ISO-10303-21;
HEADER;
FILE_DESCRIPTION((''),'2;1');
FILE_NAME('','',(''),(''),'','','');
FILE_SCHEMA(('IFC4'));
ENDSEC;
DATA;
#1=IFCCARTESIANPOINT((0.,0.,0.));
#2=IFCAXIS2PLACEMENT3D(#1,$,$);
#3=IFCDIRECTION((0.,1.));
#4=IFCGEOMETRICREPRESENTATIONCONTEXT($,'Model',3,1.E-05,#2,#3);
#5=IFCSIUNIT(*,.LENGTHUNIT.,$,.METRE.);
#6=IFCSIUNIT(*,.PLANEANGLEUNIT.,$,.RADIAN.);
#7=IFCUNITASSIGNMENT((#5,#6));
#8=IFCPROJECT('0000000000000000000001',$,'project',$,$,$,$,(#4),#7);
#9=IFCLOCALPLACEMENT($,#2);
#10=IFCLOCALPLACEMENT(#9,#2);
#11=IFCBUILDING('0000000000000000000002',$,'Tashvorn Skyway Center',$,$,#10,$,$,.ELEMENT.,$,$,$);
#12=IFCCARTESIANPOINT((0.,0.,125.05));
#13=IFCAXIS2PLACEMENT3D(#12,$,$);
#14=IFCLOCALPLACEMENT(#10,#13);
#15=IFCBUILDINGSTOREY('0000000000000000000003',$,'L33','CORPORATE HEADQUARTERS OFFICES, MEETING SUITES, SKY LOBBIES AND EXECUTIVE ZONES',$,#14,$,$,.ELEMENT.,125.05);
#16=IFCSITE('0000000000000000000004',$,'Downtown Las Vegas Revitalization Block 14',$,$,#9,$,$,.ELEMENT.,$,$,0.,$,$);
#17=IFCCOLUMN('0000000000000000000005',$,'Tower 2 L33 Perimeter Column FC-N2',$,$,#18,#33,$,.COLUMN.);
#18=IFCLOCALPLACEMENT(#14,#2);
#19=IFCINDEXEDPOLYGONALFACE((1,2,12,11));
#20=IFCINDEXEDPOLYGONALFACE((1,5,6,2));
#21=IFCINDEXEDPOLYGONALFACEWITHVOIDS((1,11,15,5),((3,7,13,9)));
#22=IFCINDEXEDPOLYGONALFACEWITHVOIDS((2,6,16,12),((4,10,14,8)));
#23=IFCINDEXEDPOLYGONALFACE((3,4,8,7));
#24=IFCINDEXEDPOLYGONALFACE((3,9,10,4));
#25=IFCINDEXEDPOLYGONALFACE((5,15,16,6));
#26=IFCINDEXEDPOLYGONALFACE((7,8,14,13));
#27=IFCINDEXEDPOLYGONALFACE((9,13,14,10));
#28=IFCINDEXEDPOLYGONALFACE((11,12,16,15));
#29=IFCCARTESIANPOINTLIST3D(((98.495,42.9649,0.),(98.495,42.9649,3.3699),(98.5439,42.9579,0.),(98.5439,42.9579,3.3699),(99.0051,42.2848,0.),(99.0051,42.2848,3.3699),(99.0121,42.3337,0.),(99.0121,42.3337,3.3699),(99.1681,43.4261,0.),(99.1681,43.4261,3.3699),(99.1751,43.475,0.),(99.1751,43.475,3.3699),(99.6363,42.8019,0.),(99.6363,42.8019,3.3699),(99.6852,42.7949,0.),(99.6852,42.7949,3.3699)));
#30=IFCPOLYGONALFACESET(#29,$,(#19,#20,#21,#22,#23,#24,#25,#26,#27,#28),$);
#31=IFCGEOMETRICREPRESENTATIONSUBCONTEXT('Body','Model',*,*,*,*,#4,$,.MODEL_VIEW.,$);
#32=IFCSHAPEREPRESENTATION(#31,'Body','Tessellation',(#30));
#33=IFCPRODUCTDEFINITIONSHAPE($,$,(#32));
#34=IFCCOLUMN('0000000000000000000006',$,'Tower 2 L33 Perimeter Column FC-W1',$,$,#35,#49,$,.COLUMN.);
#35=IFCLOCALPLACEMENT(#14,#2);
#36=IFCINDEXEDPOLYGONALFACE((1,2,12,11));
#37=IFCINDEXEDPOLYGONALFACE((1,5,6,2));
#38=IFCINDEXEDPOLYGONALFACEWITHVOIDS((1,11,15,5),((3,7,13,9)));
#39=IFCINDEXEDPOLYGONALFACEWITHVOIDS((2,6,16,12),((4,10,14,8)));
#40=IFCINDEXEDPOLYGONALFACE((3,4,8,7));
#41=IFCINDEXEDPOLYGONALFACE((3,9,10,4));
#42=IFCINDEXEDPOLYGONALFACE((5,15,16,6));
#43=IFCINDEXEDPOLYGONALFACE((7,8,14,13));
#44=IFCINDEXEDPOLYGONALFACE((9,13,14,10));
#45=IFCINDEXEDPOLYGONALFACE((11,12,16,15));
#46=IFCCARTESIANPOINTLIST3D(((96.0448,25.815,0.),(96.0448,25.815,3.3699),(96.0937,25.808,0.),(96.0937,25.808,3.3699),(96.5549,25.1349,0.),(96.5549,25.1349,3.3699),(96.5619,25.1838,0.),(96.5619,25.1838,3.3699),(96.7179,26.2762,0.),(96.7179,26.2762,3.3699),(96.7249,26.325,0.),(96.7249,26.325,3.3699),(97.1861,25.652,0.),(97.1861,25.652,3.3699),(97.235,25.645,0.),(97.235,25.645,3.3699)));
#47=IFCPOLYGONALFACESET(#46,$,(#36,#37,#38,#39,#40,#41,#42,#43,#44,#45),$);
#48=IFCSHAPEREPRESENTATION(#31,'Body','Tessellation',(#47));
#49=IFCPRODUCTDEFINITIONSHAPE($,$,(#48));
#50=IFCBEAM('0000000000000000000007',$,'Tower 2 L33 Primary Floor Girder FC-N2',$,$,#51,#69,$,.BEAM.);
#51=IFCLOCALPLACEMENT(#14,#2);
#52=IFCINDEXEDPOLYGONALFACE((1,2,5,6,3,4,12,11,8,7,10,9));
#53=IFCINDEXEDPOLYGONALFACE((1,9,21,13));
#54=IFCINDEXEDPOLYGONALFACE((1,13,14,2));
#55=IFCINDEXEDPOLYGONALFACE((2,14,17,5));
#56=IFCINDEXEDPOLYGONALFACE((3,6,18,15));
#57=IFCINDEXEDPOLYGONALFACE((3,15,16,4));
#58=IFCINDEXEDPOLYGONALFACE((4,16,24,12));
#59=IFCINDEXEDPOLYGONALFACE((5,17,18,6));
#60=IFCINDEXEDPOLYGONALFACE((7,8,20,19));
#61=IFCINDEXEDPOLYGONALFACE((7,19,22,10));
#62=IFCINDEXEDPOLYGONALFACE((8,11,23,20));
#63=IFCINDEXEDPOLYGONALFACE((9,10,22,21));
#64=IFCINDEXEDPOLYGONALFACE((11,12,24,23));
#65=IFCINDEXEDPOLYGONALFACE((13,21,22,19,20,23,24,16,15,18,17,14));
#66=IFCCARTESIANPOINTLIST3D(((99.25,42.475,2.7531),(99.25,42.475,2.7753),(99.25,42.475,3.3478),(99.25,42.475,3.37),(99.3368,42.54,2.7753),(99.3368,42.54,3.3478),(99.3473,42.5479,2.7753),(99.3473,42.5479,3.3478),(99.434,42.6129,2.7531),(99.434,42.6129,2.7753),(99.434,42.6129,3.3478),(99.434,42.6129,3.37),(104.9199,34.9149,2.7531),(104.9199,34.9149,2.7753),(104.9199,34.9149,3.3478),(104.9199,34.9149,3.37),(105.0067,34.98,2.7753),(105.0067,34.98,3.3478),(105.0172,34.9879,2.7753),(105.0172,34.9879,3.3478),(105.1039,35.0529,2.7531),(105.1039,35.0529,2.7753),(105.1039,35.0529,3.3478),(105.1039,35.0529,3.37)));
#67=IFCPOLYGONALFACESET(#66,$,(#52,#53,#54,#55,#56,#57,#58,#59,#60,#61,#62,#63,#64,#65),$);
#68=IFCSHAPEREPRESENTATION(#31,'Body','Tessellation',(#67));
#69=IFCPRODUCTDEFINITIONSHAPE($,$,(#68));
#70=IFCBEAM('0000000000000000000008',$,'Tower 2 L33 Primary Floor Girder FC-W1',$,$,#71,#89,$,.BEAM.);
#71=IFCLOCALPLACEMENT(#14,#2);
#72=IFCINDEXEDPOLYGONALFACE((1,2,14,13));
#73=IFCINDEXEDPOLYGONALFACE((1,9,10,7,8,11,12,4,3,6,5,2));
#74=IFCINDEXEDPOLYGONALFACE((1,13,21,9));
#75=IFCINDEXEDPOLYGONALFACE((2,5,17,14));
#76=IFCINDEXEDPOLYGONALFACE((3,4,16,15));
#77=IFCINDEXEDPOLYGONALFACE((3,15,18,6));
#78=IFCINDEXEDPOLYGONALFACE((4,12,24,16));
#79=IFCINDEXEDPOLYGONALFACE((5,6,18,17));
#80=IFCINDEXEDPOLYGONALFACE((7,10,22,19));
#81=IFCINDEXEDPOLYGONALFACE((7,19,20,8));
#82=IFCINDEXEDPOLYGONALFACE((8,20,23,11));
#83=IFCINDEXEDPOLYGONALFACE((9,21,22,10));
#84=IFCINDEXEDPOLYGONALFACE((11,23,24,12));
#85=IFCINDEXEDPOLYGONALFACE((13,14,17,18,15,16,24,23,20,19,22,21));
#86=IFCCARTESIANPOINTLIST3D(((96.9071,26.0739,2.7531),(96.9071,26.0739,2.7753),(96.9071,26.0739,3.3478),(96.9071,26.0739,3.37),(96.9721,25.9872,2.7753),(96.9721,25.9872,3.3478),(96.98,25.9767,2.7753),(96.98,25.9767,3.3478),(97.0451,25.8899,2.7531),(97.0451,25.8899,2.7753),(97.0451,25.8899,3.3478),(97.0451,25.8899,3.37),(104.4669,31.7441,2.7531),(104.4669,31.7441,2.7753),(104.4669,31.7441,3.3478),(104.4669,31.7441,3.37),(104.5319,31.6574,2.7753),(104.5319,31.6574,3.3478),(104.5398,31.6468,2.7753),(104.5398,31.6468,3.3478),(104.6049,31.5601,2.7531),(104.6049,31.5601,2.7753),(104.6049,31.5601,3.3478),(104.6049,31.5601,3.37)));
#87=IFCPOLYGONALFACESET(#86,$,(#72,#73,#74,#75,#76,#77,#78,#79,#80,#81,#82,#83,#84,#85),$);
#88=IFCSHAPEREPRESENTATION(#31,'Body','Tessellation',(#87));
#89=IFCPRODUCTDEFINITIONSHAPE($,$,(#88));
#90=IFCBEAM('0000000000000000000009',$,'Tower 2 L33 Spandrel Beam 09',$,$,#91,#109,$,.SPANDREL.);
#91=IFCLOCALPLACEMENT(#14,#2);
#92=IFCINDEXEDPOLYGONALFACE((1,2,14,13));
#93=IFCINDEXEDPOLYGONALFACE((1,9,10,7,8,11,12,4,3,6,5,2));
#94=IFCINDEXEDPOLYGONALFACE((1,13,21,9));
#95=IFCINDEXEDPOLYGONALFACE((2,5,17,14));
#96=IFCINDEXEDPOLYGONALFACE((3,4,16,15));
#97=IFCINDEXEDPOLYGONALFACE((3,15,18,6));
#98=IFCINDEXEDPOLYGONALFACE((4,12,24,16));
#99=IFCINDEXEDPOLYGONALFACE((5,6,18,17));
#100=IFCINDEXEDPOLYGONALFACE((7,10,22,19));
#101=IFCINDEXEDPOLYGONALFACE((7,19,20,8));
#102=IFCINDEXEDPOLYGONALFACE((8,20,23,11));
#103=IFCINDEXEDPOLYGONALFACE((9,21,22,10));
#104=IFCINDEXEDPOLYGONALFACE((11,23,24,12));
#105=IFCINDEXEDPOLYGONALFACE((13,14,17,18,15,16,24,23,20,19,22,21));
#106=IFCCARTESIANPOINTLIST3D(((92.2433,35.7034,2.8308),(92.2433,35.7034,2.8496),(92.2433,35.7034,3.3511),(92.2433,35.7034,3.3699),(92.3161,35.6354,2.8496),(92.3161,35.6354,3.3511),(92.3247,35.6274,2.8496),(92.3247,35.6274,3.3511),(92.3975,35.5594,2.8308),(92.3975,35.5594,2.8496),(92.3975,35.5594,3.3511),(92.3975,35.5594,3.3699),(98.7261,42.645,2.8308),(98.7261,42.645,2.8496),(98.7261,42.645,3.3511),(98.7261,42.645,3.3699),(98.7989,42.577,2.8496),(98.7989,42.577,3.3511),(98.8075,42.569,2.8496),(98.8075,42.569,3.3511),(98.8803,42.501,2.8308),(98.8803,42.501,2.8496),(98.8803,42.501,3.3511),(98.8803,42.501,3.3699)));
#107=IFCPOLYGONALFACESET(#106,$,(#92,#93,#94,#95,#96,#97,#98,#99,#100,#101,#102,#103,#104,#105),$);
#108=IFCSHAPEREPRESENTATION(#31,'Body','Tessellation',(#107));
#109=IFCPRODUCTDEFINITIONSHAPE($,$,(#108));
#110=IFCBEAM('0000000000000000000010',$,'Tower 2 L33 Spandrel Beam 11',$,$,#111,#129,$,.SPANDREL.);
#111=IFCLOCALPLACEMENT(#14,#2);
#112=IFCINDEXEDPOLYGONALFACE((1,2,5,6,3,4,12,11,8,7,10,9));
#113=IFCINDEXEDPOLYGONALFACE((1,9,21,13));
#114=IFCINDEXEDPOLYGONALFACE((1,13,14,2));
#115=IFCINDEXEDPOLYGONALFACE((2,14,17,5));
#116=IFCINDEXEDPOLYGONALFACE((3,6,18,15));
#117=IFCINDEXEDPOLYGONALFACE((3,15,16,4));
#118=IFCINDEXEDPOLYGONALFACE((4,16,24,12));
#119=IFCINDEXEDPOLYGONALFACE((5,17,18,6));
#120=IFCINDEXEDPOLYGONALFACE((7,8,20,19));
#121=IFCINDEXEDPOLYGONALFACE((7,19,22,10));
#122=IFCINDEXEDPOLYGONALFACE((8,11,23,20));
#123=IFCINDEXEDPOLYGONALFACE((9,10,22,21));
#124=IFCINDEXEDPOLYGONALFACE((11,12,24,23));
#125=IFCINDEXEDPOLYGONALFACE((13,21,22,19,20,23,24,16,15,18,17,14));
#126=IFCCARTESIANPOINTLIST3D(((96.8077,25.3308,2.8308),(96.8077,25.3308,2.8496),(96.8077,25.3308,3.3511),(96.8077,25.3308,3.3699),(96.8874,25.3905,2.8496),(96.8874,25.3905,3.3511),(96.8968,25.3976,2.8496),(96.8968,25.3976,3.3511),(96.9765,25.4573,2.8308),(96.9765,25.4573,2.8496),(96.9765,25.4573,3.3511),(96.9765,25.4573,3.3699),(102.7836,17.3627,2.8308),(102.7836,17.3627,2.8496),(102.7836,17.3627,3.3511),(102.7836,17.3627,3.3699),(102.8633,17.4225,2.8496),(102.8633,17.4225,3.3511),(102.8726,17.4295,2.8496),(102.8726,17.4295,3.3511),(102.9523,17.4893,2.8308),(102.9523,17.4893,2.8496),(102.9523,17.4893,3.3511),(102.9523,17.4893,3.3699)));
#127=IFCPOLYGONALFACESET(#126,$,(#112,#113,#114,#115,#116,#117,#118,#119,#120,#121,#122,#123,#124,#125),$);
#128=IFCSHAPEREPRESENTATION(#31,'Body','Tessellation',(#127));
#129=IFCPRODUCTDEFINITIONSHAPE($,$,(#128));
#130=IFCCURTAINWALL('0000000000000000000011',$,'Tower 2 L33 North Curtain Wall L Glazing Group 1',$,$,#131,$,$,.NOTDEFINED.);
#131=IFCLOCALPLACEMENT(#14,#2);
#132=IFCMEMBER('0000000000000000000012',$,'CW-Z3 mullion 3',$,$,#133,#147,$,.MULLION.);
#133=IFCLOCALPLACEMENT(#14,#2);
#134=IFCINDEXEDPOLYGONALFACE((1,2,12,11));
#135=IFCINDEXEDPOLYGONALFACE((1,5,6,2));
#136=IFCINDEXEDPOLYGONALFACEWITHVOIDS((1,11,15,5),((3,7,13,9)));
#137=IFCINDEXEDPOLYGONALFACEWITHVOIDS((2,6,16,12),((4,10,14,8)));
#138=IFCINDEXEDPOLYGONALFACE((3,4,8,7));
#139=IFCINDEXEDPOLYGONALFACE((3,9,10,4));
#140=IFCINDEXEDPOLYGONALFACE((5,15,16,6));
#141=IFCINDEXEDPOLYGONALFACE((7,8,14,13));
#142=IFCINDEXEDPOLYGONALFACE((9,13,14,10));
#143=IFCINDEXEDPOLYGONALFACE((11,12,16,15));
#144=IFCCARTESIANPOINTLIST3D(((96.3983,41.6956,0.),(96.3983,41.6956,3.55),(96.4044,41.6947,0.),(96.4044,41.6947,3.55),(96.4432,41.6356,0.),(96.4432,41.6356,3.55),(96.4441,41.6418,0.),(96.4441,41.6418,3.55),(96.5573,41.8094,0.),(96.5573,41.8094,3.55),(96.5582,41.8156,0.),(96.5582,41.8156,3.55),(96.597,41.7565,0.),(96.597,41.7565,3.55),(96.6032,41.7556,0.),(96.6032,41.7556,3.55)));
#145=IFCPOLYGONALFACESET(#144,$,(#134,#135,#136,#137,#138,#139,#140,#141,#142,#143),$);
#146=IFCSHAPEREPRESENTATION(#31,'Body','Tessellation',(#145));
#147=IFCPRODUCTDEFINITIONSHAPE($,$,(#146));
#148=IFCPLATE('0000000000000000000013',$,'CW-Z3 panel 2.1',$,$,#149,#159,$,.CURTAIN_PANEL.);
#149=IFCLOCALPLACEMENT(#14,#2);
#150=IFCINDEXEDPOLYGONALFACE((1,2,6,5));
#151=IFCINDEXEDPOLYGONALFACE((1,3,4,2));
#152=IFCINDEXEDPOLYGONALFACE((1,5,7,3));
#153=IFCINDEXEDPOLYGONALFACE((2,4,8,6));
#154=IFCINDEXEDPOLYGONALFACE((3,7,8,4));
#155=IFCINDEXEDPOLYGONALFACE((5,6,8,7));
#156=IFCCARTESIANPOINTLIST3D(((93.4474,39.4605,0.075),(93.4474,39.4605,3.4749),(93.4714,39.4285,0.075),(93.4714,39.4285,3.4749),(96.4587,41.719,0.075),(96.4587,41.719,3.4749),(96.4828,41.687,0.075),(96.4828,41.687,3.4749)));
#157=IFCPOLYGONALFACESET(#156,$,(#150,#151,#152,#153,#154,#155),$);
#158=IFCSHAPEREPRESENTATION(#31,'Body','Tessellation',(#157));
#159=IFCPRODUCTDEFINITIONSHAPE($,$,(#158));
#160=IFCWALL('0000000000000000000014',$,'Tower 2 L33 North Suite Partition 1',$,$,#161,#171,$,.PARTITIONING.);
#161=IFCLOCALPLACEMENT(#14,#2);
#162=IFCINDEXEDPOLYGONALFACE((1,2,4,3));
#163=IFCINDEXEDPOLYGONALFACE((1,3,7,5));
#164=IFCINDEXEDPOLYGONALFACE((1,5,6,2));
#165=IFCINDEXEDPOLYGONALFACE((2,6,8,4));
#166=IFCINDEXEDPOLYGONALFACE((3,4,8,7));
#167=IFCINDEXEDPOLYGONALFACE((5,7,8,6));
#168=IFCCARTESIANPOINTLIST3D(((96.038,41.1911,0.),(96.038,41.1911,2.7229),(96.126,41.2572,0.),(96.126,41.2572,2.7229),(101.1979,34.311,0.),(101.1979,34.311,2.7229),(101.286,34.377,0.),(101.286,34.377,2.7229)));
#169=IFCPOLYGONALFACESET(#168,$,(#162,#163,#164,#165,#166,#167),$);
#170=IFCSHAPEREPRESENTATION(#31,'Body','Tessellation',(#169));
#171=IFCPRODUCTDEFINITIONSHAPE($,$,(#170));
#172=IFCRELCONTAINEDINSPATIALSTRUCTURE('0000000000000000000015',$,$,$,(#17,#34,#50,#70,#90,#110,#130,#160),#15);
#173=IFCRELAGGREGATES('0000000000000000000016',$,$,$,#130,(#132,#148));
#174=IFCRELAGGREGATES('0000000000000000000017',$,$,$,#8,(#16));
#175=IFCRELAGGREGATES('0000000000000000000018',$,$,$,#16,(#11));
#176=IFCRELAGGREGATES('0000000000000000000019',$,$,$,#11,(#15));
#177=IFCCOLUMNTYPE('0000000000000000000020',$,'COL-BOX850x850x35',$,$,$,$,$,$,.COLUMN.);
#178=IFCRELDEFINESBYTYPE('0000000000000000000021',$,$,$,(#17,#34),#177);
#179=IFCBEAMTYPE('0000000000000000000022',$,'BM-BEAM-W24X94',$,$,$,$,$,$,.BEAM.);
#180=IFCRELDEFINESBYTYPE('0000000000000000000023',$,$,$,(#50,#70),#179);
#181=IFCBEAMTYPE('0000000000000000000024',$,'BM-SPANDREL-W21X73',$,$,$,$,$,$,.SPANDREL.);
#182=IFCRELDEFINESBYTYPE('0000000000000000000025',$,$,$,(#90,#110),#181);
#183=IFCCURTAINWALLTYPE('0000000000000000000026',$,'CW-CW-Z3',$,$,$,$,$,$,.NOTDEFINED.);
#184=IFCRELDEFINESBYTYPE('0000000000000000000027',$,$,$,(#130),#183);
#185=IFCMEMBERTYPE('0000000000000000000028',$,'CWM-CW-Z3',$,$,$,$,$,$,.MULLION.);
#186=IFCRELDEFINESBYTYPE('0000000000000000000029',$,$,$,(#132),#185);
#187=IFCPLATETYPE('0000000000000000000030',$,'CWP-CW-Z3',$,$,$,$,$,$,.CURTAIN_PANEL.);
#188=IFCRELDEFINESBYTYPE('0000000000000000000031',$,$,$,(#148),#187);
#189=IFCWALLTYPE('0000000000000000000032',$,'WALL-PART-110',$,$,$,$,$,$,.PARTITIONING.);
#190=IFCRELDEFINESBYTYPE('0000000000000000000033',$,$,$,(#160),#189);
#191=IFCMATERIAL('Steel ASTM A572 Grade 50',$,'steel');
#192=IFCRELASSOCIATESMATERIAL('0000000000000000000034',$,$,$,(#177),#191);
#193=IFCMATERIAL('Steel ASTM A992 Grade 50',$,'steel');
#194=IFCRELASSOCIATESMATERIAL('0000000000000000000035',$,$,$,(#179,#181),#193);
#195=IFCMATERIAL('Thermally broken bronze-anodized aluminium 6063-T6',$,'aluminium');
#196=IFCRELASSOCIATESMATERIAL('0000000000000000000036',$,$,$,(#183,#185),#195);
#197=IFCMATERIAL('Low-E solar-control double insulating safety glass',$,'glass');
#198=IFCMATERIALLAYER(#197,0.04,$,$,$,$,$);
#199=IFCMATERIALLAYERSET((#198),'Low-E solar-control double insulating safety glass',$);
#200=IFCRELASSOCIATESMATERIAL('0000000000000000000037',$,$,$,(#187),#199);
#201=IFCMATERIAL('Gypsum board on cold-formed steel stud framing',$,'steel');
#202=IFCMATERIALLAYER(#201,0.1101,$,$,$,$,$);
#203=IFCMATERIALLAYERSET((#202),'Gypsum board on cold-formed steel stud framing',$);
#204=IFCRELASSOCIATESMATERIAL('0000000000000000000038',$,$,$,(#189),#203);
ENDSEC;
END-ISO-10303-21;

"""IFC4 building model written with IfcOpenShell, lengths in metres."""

from ifc_helpers import new_model, si_unit, direction, frame, frame_2d, origin, origin_2d, place, context, subcontext, project, spatial, rectangle, hollow_rectangle, i_section, extrude, material, layer, layer_set, material_profile, profile_set, type_object, element, aggregate, save


model = new_model("IFC4")

# Units and contexts
model_context = context("Model", 3, precision=1e-05, world=origin(), true_north=direction((0.0, 1.0)))
body_context = subcontext(model_context, "Body", "Model", "MODEL_VIEW")
ifc_project = project(units=[si_unit("LENGTHUNIT", "METRE"), si_unit("PLANEANGLEUNIT", "RADIAN")], contexts=[model_context])

# Site, building, storey
site_placement = place(None, origin())
site = spatial("IfcSite", under=ifc_project, at=site_placement, Name="Downtown Las Vegas Revitalization Block 14", CompositionType="ELEMENT", RefElevation=0.0)
building_placement = place(site_placement, origin())
building = spatial("IfcBuilding", under=site, at=building_placement, Name="Tashvorn Skyway Center", CompositionType="ELEMENT")
storey_placement = place(building_placement, frame((0.0, 0.0, 125.05)))
storey = spatial("IfcBuildingStorey", under=building, at=storey_placement, Name="L33", Description="CORPORATE HEADQUARTERS OFFICES, MEETING SUITES, SKY LOBBIES AND EXECUTIVE ZONES", CompositionType="ELEMENT", Elevation=125.05)

# Columns
ifc_material_1 = material(Name="Steel ASTM A572 Grade 50", Category="steel")
ifc_material_profile_1 = material_profile(ifc_material_1, hollow_rectangle(XDim=0.8501, YDim=0.8501, WallThickness=0.0349, at=origin_2d()), Name="BOX850x850x35")
ifc_profile_set_1 = profile_set([ifc_material_profile_1], Name="Steel ASTM A572 Grade 50")
column_type = type_object("IfcColumnType", Name="COL-BOX850x850x35", PredefinedType="COLUMN", material=ifc_profile_set_1)
for number, where, z_axis, x_axis, name in (
    (1, (99.0901, 42.8799, 0.0), (0.0, 0.0, 1.0), (0.8, 0.6, 0.0), "Tower 2 L33 Perimeter Column FC-N2"),
    (2, (96.6399, 25.73, 0.0), (0.0, 0.0, 1.0), (0.8, 0.6, 0.0), "Tower 2 L33 Perimeter Column FC-W1"),
):
    element("IfcColumn", number, at=place(storey_placement, frame(where, z_axis=z_axis, x_axis=x_axis)), inside=storey, type_object=column_type, Name=name, PredefinedType="COLUMN", context=body_context, shape_type="SweptSolid", body=[
        extrude(hollow_rectangle(XDim=0.8501, YDim=0.8501, WallThickness=0.0349, at=origin_2d()), origin(), (0.0, 0.0, 1.0), 3.3699),
    ])

# Beams
ifc_material_2 = material(Name="Steel ASTM A992 Grade 50", Category="steel")
ifc_material_profile_2 = material_profile(ifc_material_2, i_section(OverallWidth=0.23, OverallDepth=0.6169, WebThickness=0.0132, FlangeThickness=0.0222, at=origin_2d()), Name="W24X94")
ifc_profile_set_2 = profile_set([ifc_material_profile_2], Name="Steel ASTM A992 Grade 50")
beam_type_1 = type_object("IfcBeamType", Name="BM-BEAM-W24X94", PredefinedType="BEAM", material=ifc_profile_set_2)
for number, where, z_axis, x_axis, name in (
    (3, (99.342, 42.5439, 3.0615), (0.599992, -0.800006, 0.0), (0.800006, 0.599992, 0.0), "Tower 2 L33 Primary Floor Girder FC-N2"),
    (4, (96.9761, 25.9819, 3.0615), (0.799984, 0.600021, 0.0), (-0.600021, 0.799984, 0.0), "Tower 2 L33 Primary Floor Girder FC-W1"),
):
    element("IfcBeam", number, at=place(storey_placement, frame(where, z_axis=z_axis, x_axis=x_axis)), inside=storey, type_object=beam_type_1, Name=name, PredefinedType="BEAM", context=body_context, shape_type="SweptSolid", body=[
        extrude(i_section(OverallWidth=0.23, OverallDepth=0.6169, WebThickness=0.0132, FlangeThickness=0.0222, at=origin_2d()), origin(), (0.0, 0.0, 1.0), 9.45),
    ])
ifc_material_profile_3 = material_profile(ifc_material_2, i_section(OverallWidth=0.2109, OverallDepth=0.5391, WebThickness=0.0117, FlangeThickness=0.0188, at=origin_2d()), Name="W21X73")
ifc_profile_set_3 = profile_set([ifc_material_profile_3], Name="Steel ASTM A992 Grade 50")
beam_type_2 = type_object("IfcBeamType", Name="BM-SPANDREL-W21X73", PredefinedType="SPANDREL", material=ifc_profile_set_3)
beam_1_placement = place(storey_placement, frame((98.8032, 42.573, 3.1003), z_axis=(-0.682545, -0.730843, 0.0), x_axis=(0.730843, -0.682545, 0.0)))
element("IfcBeam", 5, at=beam_1_placement, inside=storey, type_object=beam_type_2, Name="Tower 2 L33 Spandrel Beam 09", PredefinedType="SPANDREL", context=body_context, shape_type="SweptSolid", body=[
    extrude(i_section(OverallWidth=0.2109, OverallDepth=0.5391, WebThickness=0.0117, FlangeThickness=0.0188, at=origin_2d()), origin(), (0.0, 0.0, 1.0), 9.498),
])
beam_2_placement = place(storey_placement, frame((96.8921, 25.394, 3.1003), z_axis=(0.599988, -0.800009, 0.0), x_axis=(0.800009, 0.599988, 0.0)))
element("IfcBeam", 6, at=beam_2_placement, inside=storey, type_object=beam_type_2, Name="Tower 2 L33 Spandrel Beam 11", PredefinedType="SPANDREL", context=body_context, shape_type="SweptSolid", body=[
    extrude(i_section(OverallWidth=0.2109, OverallDepth=0.5391, WebThickness=0.0117, FlangeThickness=0.0188, at=origin_2d()), origin(), (0.0, 0.0, 1.0), 9.96),
])

# Curtain wall, member, plate
ifc_material_3 = material(Name="Thermally broken bronze-anodized aluminium 6063-T6", Category="aluminium")
curtain_wall_type = type_object("IfcCurtainWallType", Name="CW-CW-Z3", PredefinedType="NOTDEFINED", material=ifc_material_3)
curtain_wall_placement = place(storey_placement, origin())
curtain_wall = element("IfcCurtainWall", 7, at=curtain_wall_placement, inside=storey, type_object=curtain_wall_type, Name="Tower 2 L33 North Curtain Wall L Glazing Group 1", PredefinedType="NOTDEFINED")
ifc_material_profile_4 = material_profile(ifc_material_3, hollow_rectangle(XDim=0.075, YDim=0.2, WallThickness=0.0044, at=origin_2d()), Name="ALU-MULL-75x200")
ifc_profile_set_4 = profile_set([ifc_material_profile_4], Name="Thermally broken bronze-anodized aluminium 6063-T6")
member_type = type_object("IfcMemberType", Name="CWM-CW-Z3", PredefinedType="MULLION", material=ifc_profile_set_4)
member_placement = place(storey_placement, frame((96.5007, 41.7256, 0.0), z_axis=(0.0, 0.0, 1.0), x_axis=(-0.599998, 0.800002, 0.0)))
member = element("IfcMember", 8, at=member_placement, type_object=member_type, Name="CW-Z3 mullion 3", PredefinedType="MULLION", context=body_context, shape_type="SweptSolid", body=[
    extrude(hollow_rectangle(XDim=0.075, YDim=0.2, WallThickness=0.0044, at=origin_2d()), origin(), (0.0, 0.0, 1.0), 3.55),
])
ifc_material_4 = material(Name="Low-E solar-control double insulating safety glass", Category="glass")
ifc_layer_1 = layer(ifc_material_4, 0.04)
ifc_layer_set_1 = layer_set([ifc_layer_1], Name="Low-E solar-control double insulating safety glass")
plate_type = type_object("IfcPlateType", Name="CWP-CW-Z3", PredefinedType="CURTAIN_PANEL", material=ifc_layer_set_1)
plate_placement = place(storey_placement, frame((94.9651, 40.5737, 0.075), z_axis=(0.0, 0.0, 1.0), x_axis=(0.800002, 0.599998, 0.0)))
plate = element("IfcPlate", 9, at=plate_placement, type_object=plate_type, Name="CW-Z3 panel 2.1", PredefinedType="CURTAIN_PANEL", context=body_context, shape_type="SweptSolid", body=[
    extrude(rectangle(XDim=3.7642, YDim=0.04, at=origin_2d()), origin(), (0.0, 0.0, 1.0), 3.3999),
])
aggregate(curtain_wall, [member, plate])

# Wall
ifc_material_5 = material(Name="Gypsum board on cold-formed steel stud framing", Category="steel")
ifc_layer_2 = layer(ifc_material_5, 0.1101)
ifc_layer_set_2 = layer_set([ifc_layer_2], Name="Gypsum board on cold-formed steel stud framing")
wall_type_1 = type_object("IfcWallType", Name="WALL-PART-110", PredefinedType="PARTITIONING", material=ifc_layer_set_2)
wall_1_placement = place(storey_placement, frame((101.2419, 34.344, 0.0), z_axis=(0.0, 0.0, 1.0), x_axis=(-0.599986, 0.80001, 0.0)))
element("IfcWall", 10, at=wall_1_placement, inside=storey, type_object=wall_type_1, Name="Tower 2 L33 North Suite Partition 1", PredefinedType="PARTITIONING", context=body_context, shape_type="SweptSolid", body=[
    extrude(rectangle(XDim=8.6001, YDim=0.1101, at=frame_2d((4.3, 0.0))), origin(), (0.0, 0.0, 1.0), 2.7229),
])

save(model, "model.ifc")
